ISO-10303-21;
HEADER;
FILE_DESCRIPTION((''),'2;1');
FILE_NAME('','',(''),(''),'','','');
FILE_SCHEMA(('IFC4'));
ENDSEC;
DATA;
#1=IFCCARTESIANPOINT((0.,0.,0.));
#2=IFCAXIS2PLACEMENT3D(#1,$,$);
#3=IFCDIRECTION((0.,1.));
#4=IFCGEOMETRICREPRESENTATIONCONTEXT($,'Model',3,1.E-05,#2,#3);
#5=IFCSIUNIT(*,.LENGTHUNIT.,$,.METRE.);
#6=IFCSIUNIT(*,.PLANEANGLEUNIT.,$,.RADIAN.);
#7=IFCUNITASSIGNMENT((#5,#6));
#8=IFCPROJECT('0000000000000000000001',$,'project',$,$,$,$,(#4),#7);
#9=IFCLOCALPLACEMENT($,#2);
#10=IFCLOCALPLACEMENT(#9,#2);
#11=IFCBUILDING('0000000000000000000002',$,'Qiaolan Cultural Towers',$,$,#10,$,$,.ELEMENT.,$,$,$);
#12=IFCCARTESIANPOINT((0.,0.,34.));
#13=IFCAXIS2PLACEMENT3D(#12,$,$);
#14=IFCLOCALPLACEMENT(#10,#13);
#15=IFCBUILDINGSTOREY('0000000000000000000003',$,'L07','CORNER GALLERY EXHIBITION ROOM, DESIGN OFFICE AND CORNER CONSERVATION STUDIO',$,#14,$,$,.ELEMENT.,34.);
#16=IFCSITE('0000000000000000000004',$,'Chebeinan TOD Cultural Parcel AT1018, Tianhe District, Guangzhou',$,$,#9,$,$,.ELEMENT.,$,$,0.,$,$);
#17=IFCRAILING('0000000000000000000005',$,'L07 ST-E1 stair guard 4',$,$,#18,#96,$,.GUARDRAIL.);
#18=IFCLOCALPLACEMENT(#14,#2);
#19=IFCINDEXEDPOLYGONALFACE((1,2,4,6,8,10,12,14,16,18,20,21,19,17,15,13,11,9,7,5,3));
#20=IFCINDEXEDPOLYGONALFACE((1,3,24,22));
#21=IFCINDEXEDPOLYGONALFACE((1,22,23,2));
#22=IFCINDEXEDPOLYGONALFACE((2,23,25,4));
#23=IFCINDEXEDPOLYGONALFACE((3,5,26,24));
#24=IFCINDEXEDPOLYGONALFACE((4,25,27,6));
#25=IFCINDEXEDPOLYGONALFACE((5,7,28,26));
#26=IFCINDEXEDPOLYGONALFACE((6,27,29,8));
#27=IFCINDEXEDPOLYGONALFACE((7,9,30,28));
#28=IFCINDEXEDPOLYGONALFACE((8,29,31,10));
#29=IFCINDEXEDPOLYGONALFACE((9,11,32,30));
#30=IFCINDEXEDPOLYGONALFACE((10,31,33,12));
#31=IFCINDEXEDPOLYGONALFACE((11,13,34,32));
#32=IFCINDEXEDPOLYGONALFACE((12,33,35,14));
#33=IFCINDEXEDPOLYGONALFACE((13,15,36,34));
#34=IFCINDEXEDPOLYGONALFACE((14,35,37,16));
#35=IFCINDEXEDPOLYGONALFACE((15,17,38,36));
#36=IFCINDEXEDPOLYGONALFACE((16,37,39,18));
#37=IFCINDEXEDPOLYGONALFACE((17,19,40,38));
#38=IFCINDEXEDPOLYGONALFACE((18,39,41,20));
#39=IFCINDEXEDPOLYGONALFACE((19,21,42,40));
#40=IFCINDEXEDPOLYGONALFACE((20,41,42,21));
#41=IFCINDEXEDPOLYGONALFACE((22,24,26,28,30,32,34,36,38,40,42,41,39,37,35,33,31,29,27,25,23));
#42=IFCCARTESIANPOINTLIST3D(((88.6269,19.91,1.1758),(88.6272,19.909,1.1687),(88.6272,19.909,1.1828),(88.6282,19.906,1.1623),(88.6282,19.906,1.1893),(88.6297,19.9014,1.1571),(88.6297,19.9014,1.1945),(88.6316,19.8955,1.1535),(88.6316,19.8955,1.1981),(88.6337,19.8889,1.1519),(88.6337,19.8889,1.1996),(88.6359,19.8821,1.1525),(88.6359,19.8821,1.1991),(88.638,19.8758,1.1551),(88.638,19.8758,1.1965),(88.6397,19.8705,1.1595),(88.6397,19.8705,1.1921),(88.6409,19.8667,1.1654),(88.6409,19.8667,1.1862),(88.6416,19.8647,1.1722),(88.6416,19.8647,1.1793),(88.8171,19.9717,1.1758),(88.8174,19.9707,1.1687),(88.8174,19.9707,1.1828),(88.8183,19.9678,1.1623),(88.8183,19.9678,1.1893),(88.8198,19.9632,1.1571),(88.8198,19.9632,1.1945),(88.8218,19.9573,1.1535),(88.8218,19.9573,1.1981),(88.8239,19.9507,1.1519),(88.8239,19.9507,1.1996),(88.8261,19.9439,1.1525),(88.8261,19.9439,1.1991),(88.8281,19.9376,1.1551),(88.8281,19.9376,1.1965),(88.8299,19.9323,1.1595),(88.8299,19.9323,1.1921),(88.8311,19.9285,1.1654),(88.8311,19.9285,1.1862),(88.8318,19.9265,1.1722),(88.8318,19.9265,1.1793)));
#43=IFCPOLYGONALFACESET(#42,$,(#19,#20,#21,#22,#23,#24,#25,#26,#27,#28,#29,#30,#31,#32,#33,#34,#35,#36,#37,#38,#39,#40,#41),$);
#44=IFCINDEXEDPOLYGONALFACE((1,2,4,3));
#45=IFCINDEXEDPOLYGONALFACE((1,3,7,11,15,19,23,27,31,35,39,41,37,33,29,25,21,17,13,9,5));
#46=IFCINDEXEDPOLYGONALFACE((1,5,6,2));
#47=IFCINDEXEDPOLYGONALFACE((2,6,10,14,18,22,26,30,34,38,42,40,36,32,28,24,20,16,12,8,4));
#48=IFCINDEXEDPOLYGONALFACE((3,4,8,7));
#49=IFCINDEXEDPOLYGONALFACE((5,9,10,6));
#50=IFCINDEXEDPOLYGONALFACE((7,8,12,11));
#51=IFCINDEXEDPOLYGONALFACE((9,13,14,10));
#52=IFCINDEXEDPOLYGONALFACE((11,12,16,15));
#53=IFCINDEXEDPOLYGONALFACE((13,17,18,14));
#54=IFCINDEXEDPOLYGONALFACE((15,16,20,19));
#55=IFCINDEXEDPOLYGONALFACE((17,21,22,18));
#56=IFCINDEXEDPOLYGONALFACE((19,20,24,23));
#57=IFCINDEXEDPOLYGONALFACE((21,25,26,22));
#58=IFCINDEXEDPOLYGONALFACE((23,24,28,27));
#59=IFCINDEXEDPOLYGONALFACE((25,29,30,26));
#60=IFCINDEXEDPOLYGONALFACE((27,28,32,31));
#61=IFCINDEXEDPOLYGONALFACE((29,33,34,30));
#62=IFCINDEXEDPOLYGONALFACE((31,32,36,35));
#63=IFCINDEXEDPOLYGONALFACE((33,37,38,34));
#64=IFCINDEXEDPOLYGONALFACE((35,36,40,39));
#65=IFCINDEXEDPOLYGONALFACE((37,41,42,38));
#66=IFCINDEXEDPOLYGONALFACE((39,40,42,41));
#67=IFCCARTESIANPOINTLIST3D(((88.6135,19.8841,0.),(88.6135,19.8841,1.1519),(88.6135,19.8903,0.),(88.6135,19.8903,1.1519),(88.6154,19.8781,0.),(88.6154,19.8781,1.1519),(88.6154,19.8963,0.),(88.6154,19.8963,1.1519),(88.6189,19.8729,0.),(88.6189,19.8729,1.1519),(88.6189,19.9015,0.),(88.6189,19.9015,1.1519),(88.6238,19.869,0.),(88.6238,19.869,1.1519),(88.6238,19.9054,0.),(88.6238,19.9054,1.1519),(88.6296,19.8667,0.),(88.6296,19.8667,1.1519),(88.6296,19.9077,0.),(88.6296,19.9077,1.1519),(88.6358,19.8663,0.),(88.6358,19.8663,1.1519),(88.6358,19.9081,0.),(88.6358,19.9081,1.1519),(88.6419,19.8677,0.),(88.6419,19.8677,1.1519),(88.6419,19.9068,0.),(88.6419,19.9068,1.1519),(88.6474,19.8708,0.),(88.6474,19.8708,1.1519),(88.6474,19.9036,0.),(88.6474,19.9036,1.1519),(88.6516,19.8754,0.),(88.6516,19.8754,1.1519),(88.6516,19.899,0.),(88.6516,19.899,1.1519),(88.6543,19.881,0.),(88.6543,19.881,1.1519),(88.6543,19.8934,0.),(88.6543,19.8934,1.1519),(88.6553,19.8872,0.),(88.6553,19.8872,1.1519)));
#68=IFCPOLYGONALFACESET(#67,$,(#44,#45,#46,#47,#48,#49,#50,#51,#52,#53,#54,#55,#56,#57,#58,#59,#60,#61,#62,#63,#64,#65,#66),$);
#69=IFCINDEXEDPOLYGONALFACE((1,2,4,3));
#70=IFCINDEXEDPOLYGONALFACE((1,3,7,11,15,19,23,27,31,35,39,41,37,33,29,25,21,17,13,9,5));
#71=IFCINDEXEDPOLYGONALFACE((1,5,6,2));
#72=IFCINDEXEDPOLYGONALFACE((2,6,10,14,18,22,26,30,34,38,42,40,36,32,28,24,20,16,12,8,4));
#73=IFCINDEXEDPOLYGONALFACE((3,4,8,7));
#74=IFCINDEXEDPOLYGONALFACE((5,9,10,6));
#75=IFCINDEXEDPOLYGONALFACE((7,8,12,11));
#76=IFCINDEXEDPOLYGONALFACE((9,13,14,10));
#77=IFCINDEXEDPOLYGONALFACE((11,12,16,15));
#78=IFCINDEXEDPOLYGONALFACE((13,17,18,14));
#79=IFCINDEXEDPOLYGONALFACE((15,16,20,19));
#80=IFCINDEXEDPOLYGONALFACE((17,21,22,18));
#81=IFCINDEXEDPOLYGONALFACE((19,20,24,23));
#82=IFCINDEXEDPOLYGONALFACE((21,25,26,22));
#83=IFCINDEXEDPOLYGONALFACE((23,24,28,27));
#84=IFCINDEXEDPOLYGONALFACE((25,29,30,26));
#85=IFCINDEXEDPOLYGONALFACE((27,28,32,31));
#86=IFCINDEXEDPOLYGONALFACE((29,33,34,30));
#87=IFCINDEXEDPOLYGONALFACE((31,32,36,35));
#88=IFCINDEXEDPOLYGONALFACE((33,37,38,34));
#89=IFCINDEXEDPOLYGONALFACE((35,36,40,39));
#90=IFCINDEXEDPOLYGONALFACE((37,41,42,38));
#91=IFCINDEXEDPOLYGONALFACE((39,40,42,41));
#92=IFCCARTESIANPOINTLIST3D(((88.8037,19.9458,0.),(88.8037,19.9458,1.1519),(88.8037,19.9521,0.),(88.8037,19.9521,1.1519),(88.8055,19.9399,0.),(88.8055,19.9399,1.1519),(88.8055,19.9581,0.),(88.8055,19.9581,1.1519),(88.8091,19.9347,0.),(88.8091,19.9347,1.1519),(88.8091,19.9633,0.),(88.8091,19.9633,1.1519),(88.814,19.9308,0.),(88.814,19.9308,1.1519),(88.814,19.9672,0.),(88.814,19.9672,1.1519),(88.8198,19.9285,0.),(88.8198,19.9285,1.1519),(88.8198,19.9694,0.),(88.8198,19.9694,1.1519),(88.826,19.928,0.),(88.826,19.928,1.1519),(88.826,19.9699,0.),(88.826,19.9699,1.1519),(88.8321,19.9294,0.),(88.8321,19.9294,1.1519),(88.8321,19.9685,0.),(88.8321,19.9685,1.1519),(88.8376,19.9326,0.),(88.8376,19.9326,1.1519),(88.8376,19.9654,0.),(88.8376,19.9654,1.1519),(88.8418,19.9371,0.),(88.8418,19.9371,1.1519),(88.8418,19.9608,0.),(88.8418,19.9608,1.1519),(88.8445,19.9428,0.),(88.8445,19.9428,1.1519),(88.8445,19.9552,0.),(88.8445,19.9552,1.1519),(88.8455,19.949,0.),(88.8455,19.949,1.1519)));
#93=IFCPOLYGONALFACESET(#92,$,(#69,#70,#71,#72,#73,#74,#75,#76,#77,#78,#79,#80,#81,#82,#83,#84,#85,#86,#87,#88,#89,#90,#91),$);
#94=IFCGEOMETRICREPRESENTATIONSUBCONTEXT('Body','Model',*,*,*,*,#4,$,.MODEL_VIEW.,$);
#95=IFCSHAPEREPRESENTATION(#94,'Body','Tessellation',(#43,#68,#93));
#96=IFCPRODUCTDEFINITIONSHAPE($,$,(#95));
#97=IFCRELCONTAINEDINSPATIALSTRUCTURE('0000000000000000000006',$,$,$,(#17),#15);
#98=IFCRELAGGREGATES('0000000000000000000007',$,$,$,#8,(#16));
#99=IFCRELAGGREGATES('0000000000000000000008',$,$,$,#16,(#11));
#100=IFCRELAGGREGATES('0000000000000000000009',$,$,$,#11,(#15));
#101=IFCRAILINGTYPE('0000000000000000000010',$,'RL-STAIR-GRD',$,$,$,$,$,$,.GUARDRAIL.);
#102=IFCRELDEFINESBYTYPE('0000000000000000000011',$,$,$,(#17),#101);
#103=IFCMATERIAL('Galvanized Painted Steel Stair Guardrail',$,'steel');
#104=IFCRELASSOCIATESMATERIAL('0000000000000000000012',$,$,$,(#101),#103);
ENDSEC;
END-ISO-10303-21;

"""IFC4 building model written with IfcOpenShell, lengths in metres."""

from ifc_helpers import new_model, si_unit, direction, frame, origin, origin_2d, place, context, subcontext, project, spatial, circle, extrude, material, type_object, element, save


model = new_model("IFC4")

# Units and contexts
model_context = context("Model", 3, precision=1e-05, world=origin(), true_north=direction((0.0, 1.0)))
body_context = subcontext(model_context, "Body", "Model", "MODEL_VIEW")
ifc_project = project(units=[si_unit("LENGTHUNIT", "METRE"), si_unit("PLANEANGLEUNIT", "RADIAN")], contexts=[model_context])

# Site, building, storey
site_placement = place(None, origin())
site = spatial("IfcSite", under=ifc_project, at=site_placement, Name="Chebeinan TOD Cultural Parcel AT1018, Tianhe District, Guangzhou", CompositionType="ELEMENT", RefElevation=0.0)
building_placement = place(site_placement, origin())
building = spatial("IfcBuilding", under=site, at=building_placement, Name="Qiaolan Cultural Towers", CompositionType="ELEMENT")
storey_placement = place(building_placement, frame((0.0, 0.0, 34.0)))
storey = spatial("IfcBuildingStorey", under=building, at=storey_placement, Name="L07", Description="CORNER GALLERY EXHIBITION ROOM, DESIGN OFFICE AND CORNER CONSERVATION STUDIO", CompositionType="ELEMENT", Elevation=34.0)

# Railing
ifc_material_1 = material(Name="Galvanized Painted Steel Stair Guardrail", Category="steel")
railing_type_1 = type_object("IfcRailingType", Name="RL-STAIR-GRD", PredefinedType="GUARDRAIL", material=ifc_material_1)
railing_1_placement = place(storey_placement, frame((88.6343, 19.8872, 0.0)))
element("IfcRailing", 1, at=railing_1_placement, inside=storey, type_object=railing_type_1, Name="L07 ST-E1 stair guard 4", PredefinedType="GUARDRAIL", context=body_context, shape_type="SweptSolid", body=[
    extrude(circle(Radius=0.0239, at=origin_2d()), frame((0.0, 0.0, 1.1758), z_axis=(0.951097, 0.308893, 0.0), x_axis=(-0.308893, 0.951097, 0.0)), (0.0, 0.0, 1.0), 0.2),
    extrude(circle(Radius=0.021, at=origin_2d()), origin(), (0.0, 0.0, 1.0), 1.1519),
    extrude(circle(Radius=0.021, at=origin_2d()), frame((0.1902, 0.0618, 0.0)), (0.0, 0.0, 1.0), 1.1519),
])

save(model, "model.ifc")
